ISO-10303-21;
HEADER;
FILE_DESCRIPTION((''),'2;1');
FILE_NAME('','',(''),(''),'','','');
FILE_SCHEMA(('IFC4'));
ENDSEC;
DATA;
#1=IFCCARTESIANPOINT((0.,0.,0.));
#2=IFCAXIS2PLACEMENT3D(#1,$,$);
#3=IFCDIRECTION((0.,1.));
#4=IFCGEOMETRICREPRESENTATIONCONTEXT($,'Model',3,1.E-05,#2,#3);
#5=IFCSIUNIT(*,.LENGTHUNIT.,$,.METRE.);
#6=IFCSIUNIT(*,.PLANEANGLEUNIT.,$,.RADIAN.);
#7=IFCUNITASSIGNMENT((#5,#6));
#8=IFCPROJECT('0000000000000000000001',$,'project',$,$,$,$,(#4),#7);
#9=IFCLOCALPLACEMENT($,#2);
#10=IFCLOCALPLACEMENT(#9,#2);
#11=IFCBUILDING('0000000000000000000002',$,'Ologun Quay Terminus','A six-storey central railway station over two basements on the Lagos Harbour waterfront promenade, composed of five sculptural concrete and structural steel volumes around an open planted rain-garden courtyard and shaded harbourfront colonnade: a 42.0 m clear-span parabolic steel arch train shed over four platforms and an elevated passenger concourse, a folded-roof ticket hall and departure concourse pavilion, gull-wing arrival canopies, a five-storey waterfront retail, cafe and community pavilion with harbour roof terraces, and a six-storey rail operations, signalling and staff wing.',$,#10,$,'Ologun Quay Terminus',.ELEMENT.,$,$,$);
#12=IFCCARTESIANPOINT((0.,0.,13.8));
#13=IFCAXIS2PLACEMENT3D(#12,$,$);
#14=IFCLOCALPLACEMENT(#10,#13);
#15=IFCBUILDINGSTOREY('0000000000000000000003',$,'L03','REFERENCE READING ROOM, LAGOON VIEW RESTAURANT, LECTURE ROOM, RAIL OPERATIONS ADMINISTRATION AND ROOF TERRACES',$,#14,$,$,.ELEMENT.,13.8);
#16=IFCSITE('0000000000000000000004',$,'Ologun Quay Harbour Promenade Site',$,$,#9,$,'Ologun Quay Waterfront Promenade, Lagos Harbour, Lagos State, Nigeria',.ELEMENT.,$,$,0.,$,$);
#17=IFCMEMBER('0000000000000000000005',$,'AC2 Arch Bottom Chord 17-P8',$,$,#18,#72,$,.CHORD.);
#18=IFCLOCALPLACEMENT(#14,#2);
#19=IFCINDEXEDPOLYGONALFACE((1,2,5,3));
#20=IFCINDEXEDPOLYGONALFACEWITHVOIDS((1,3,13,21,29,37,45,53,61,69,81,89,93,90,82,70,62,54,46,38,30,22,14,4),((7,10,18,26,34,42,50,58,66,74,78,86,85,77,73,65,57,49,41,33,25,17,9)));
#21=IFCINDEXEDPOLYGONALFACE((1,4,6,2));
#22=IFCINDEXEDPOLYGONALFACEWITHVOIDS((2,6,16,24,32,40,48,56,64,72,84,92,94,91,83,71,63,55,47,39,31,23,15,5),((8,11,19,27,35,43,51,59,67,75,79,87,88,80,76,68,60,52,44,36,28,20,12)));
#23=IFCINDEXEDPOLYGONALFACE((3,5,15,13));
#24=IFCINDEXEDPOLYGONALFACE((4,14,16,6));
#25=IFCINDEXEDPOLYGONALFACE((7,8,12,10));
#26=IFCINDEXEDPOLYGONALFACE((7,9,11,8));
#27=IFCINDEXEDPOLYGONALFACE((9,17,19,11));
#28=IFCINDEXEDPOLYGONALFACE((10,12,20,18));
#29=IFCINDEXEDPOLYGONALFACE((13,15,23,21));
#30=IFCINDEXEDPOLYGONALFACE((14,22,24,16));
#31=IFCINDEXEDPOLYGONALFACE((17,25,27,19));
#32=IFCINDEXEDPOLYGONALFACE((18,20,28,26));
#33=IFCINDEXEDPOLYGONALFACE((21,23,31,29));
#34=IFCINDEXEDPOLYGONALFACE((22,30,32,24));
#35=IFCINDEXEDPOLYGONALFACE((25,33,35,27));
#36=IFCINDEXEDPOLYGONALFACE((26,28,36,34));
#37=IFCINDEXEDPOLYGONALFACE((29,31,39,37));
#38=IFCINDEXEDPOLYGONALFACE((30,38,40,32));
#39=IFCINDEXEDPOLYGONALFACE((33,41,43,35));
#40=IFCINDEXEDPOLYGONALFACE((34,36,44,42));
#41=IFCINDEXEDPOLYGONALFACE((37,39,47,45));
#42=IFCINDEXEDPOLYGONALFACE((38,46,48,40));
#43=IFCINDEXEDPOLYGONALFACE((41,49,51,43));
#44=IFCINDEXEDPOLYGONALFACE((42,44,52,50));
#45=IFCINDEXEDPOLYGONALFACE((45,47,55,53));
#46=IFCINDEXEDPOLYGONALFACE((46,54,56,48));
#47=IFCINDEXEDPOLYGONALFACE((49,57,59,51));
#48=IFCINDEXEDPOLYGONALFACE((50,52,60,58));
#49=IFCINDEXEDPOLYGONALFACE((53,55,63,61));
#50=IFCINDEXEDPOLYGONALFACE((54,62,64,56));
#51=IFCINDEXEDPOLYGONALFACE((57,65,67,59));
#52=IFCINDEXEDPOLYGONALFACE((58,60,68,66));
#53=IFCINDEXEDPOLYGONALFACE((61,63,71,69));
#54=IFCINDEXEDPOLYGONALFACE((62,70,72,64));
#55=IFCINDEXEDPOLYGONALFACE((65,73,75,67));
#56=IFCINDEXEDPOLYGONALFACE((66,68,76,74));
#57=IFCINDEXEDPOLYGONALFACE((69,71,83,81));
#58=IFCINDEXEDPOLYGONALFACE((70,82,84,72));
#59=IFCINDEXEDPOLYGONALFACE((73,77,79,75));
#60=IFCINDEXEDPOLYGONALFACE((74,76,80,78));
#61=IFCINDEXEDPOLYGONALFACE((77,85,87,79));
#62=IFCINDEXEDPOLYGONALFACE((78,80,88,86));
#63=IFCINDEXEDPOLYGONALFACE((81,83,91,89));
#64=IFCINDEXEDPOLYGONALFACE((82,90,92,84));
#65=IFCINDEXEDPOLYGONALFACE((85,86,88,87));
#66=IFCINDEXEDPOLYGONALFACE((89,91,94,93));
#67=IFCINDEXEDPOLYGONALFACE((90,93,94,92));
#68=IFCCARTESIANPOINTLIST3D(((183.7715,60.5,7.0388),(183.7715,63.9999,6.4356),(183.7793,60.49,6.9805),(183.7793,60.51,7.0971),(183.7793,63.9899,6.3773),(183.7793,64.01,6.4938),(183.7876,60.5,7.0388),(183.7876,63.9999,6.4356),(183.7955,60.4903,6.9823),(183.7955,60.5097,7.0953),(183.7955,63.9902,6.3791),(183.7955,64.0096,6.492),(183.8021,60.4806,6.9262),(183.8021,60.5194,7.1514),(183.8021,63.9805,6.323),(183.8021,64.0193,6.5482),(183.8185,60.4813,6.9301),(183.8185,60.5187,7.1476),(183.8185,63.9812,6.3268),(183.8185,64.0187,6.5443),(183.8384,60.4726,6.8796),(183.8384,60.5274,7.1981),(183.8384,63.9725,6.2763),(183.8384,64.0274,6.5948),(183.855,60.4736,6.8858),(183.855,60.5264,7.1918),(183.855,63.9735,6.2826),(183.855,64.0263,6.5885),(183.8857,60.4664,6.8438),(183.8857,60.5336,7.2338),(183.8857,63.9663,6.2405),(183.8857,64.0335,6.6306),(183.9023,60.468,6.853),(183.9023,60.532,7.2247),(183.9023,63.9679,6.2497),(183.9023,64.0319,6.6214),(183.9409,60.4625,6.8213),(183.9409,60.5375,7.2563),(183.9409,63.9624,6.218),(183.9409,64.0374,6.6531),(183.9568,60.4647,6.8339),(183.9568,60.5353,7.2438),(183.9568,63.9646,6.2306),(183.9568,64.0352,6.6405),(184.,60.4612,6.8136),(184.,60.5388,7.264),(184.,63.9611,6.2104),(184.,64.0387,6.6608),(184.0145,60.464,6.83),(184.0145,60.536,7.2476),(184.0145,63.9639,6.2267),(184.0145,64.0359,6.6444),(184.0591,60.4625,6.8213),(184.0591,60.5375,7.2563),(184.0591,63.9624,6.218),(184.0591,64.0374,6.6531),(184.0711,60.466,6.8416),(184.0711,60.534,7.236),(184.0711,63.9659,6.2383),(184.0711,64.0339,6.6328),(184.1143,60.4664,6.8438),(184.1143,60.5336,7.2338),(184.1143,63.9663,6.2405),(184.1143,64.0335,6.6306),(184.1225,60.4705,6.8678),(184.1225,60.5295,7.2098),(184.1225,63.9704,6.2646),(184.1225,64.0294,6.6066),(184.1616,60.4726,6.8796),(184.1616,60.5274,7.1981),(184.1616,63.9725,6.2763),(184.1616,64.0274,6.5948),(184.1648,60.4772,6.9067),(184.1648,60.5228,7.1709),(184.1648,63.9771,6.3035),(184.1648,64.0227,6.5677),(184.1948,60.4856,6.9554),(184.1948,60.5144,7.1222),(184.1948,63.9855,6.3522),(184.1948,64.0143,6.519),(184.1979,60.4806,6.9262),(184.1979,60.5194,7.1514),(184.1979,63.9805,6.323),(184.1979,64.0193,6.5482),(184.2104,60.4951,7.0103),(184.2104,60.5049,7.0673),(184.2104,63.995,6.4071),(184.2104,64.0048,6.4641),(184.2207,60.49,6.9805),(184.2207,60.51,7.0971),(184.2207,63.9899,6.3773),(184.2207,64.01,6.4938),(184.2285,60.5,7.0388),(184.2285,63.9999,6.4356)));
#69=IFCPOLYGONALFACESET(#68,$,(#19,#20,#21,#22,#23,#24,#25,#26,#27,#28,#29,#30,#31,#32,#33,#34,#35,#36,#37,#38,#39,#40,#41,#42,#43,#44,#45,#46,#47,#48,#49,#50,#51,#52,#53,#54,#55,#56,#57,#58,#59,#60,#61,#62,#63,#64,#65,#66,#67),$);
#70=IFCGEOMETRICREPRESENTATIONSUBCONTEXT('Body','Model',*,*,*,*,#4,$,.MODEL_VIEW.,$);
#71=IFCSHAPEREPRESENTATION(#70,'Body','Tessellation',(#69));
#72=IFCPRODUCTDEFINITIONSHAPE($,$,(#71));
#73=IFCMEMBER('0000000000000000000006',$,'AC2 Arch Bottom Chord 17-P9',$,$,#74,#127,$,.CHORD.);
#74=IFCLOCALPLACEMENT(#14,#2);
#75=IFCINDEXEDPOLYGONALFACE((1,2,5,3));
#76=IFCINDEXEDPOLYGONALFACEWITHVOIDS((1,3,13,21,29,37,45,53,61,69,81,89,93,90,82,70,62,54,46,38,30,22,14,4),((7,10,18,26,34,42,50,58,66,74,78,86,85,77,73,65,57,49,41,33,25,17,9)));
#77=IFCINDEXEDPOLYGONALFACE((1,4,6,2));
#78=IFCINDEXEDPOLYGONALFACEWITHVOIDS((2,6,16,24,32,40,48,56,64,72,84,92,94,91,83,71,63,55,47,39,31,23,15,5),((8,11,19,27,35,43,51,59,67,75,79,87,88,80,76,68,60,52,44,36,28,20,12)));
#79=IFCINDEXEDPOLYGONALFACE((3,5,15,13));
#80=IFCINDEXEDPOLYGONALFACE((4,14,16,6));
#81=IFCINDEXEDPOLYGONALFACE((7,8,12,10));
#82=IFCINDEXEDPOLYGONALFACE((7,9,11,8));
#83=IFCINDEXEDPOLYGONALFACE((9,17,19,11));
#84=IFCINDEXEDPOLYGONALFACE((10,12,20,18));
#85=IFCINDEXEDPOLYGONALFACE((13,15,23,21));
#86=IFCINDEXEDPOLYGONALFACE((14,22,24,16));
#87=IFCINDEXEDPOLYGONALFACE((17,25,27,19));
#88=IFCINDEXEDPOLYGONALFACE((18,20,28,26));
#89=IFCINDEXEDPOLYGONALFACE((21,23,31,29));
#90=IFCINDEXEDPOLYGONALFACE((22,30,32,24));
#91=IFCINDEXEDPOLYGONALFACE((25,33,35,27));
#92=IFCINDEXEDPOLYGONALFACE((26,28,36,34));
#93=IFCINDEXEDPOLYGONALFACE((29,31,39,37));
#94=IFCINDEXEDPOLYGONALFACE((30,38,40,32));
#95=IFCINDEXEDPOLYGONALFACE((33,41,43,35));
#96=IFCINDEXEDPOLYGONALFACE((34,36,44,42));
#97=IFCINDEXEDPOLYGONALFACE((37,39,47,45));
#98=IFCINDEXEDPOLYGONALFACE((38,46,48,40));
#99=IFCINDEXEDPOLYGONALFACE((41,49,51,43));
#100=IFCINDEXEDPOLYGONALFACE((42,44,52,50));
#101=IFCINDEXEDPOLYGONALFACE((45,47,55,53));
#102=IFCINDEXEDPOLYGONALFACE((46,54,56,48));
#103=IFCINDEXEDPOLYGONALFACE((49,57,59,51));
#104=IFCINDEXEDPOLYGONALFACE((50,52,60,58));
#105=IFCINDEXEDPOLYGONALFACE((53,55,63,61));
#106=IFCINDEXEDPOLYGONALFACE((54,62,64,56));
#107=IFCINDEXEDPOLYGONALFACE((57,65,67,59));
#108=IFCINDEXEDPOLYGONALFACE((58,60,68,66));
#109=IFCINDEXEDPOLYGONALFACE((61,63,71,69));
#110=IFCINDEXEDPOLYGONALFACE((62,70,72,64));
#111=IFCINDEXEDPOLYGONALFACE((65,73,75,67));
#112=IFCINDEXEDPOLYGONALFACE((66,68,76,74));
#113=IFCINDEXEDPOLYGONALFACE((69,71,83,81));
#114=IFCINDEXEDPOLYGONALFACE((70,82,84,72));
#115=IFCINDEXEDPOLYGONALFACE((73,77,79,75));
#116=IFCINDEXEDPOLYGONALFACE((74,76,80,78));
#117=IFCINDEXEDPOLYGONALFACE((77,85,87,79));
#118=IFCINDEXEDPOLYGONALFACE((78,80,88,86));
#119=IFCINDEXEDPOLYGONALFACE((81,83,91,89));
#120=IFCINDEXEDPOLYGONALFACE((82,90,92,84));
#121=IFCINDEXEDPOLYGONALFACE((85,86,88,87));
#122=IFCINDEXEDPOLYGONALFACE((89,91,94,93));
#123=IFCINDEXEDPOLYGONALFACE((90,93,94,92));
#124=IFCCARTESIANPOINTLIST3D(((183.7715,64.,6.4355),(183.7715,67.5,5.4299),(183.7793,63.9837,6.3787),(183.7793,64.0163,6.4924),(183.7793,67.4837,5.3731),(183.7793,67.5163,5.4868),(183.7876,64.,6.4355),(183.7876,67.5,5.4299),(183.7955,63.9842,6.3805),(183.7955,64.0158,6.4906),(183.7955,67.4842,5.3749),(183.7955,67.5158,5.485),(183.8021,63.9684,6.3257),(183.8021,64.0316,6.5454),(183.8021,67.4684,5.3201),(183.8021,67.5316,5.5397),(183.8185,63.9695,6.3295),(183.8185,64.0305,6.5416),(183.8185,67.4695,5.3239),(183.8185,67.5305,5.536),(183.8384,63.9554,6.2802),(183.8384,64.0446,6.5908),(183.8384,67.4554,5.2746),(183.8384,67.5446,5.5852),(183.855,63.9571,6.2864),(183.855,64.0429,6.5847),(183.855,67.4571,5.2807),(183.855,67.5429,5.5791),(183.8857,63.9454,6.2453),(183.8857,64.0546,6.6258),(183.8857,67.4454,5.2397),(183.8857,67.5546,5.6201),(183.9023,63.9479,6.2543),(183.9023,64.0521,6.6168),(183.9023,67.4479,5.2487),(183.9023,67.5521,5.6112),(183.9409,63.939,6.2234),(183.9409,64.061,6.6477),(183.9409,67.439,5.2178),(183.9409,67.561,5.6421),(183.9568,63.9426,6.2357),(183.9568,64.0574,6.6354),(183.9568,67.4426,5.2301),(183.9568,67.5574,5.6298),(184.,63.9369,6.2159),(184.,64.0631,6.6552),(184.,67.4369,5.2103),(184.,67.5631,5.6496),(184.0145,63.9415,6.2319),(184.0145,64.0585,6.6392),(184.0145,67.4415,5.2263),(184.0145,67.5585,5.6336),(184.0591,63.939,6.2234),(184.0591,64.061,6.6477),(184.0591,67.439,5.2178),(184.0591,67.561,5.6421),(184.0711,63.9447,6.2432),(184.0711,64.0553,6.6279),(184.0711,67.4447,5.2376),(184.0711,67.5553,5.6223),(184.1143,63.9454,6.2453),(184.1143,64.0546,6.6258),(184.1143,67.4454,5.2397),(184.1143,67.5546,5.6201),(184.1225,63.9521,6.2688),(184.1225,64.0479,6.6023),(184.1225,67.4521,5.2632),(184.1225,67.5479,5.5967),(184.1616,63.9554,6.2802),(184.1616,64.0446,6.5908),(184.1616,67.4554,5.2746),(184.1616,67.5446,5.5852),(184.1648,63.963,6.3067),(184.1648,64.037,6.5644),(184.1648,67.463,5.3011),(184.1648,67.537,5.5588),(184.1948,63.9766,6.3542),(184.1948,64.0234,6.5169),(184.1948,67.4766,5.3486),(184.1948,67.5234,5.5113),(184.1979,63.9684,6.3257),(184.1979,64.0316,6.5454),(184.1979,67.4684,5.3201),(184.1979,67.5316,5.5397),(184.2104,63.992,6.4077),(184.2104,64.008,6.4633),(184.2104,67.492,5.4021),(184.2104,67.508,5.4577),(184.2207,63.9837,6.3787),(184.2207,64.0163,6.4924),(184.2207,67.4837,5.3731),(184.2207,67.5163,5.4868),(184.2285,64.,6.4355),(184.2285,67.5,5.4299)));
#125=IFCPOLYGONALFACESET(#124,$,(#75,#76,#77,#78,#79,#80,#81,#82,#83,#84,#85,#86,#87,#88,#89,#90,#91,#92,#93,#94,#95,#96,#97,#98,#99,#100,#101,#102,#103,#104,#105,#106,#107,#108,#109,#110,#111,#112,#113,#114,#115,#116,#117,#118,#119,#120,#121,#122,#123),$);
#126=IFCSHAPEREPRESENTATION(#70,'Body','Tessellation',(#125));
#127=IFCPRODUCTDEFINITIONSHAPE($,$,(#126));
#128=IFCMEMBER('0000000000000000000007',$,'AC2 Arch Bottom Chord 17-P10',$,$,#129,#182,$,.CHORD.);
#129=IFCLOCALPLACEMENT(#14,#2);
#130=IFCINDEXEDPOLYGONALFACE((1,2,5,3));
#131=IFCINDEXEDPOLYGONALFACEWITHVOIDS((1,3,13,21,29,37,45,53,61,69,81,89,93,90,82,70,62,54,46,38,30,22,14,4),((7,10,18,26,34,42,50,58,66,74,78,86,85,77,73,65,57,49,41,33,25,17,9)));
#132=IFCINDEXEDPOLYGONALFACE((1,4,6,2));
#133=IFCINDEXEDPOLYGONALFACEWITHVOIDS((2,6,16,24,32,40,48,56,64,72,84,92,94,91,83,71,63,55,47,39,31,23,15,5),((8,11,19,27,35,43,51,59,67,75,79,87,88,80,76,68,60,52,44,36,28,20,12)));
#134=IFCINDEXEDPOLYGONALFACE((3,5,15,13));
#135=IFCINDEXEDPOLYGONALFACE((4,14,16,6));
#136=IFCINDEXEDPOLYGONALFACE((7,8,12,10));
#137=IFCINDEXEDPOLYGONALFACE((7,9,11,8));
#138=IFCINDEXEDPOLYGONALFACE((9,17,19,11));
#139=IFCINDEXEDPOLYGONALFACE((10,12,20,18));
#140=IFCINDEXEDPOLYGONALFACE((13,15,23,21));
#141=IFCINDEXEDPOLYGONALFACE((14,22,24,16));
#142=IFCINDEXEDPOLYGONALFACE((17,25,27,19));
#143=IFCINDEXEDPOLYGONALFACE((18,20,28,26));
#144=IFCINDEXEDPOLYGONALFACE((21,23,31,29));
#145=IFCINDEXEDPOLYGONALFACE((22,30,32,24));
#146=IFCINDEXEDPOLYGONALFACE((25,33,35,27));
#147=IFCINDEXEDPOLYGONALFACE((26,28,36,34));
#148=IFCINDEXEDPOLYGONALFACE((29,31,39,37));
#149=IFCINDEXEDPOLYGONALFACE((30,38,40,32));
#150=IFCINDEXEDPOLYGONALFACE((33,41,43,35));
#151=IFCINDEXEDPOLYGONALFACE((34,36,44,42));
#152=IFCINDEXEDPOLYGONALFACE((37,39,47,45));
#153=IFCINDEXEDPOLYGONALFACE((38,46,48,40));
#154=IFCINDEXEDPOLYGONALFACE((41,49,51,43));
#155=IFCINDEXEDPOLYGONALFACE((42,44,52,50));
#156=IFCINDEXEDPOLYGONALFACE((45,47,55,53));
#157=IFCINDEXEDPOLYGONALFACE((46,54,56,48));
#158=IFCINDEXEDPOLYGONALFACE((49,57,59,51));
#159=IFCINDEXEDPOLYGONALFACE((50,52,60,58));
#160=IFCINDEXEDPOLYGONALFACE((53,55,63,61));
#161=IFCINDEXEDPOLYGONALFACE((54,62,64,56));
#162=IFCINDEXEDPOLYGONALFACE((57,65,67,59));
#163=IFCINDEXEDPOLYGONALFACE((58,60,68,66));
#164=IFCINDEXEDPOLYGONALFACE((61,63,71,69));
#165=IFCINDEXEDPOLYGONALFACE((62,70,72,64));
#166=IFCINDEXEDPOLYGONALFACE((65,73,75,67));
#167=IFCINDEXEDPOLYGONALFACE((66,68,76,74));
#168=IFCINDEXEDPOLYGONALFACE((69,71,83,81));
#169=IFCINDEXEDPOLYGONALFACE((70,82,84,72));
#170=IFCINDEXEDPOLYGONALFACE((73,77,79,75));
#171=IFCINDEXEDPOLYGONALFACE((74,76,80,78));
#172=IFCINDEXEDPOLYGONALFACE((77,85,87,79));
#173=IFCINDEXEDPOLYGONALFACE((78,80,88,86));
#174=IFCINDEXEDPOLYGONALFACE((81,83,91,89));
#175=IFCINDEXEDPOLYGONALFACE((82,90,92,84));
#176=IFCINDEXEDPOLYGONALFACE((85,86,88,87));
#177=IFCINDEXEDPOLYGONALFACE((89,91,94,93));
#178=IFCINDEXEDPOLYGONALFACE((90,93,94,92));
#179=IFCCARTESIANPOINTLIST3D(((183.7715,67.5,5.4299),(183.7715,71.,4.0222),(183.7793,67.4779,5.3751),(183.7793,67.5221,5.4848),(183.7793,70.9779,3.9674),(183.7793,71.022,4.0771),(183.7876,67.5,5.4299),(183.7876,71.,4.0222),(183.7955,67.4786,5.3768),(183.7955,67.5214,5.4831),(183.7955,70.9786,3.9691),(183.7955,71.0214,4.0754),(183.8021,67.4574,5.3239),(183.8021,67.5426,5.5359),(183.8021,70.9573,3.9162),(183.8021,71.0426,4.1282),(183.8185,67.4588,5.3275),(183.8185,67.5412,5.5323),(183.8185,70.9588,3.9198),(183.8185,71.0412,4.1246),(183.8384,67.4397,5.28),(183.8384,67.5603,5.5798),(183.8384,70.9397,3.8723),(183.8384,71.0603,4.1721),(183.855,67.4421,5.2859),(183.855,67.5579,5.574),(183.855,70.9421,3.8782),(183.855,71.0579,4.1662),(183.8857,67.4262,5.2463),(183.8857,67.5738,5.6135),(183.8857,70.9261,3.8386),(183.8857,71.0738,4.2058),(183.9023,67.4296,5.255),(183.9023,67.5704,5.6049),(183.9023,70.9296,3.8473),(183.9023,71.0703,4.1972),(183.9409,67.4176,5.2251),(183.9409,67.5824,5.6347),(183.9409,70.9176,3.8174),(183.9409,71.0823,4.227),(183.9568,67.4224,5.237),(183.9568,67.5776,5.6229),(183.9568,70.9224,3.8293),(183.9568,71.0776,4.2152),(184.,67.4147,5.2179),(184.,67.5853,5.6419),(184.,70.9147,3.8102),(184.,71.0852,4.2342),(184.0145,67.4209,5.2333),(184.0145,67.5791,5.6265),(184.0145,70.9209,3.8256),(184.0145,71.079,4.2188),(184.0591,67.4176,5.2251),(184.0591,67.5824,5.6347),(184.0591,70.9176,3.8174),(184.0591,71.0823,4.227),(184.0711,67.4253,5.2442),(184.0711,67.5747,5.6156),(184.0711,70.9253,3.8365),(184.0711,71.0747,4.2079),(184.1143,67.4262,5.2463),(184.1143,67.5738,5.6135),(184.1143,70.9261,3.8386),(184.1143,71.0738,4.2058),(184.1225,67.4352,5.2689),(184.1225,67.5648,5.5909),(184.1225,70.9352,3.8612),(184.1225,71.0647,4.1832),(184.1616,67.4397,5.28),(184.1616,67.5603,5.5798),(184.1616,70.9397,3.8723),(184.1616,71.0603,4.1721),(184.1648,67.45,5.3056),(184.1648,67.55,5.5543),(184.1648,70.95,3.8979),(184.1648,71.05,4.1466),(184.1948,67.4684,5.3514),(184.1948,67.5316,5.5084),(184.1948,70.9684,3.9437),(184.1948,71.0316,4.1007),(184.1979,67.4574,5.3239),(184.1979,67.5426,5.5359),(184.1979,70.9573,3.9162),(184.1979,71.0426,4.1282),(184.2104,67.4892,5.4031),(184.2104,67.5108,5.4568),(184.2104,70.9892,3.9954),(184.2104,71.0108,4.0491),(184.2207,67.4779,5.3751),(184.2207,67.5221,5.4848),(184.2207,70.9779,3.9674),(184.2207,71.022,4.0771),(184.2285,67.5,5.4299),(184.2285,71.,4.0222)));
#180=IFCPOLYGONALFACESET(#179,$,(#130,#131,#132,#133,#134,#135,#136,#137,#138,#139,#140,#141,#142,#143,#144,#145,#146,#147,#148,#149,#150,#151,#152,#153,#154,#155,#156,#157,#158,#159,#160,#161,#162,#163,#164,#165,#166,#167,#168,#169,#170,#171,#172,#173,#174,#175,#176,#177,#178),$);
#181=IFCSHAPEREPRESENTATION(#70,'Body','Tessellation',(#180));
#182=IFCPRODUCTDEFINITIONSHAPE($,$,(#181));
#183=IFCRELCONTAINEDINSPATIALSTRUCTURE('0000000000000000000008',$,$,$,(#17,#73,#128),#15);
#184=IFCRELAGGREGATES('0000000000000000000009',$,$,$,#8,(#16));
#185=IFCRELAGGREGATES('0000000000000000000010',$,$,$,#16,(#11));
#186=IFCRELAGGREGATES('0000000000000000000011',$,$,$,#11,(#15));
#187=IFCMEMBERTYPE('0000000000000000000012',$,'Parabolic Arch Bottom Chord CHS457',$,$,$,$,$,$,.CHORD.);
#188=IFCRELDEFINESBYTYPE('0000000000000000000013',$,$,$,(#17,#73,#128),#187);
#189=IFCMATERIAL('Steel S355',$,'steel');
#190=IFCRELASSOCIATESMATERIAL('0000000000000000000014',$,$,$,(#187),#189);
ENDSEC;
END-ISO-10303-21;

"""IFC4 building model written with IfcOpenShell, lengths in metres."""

from ifc_helpers import new_model, si_unit, direction, frame, origin, origin_2d, place, context, subcontext, project, spatial, hollow_circle, extrude, material, material_profile, profile_set, type_object, element, save


model = new_model("IFC4")

# Units and contexts
model_context = context("Model", 3, precision=1e-05, world=origin(), true_north=direction((0.0, 1.0)))
body_context = subcontext(model_context, "Body", "Model", "MODEL_VIEW")
ifc_project = project(units=[si_unit("LENGTHUNIT", "METRE"), si_unit("PLANEANGLEUNIT", "RADIAN")], contexts=[model_context])

# Site, building, storey
site_placement = place(None, origin())
site = spatial("IfcSite", under=ifc_project, at=site_placement, Name="Ologun Quay Harbour Promenade Site", LongName="Ologun Quay Waterfront Promenade, Lagos Harbour, Lagos State, Nigeria", CompositionType="ELEMENT", RefElevation=0.0)
building_placement = place(site_placement, origin())
building = spatial("IfcBuilding", under=site, at=building_placement, Name="Ologun Quay Terminus", Description="A six-storey central railway station over two basements on the Lagos Harbour waterfront promenade, composed of five sculptural concrete and structural steel volumes around an open planted rain-garden courtyard and shaded harbourfront colonnade: a 42.0 m clear-span parabolic steel arch train shed over four platforms and an elevated passenger concourse, a folded-roof ticket hall and departure concourse pavilion, gull-wing arrival canopies, a five-storey waterfront retail, cafe and community pavilion with harbour roof terraces, and a six-storey rail operations, signalling and staff wing.", LongName="Ologun Quay Terminus", CompositionType="ELEMENT")
storey_placement = place(building_placement, frame((0.0, 0.0, 13.8)))
storey = spatial("IfcBuildingStorey", under=building, at=storey_placement, Name="L03", Description="REFERENCE READING ROOM, LAGOON VIEW RESTAURANT, LECTURE ROOM, RAIL OPERATIONS ADMINISTRATION AND ROOF TERRACES", CompositionType="ELEMENT", Elevation=13.8)

# Members
ifc_material_1 = material(Name="Steel S355", Category="steel")
ifc_material_profile_1 = material_profile(ifc_material_1, hollow_circle(Radius=0.2285, WallThickness=0.0161, at=origin_2d()), Name="CHS 457x16")
ifc_profile_set_1 = profile_set([ifc_material_profile_1], Name="Steel S355")
member_type_1 = type_object("IfcMemberType", Name="Parabolic Arch Bottom Chord CHS457", PredefinedType="CHORD", material=ifc_profile_set_1)
member_1_placement = place(storey_placement, frame((184.0, 60.5, 7.0388), z_axis=(0.0, 0.985468, -0.169859), x_axis=(-1.0, 0.0, 0.0)))
element("IfcMember", 1, at=member_1_placement, inside=storey, type_object=member_type_1, Name="AC2 Arch Bottom Chord 17-P8", PredefinedType="CHORD", context=body_context, shape_type="SweptSolid", body=[
    extrude(hollow_circle(Radius=0.2285, WallThickness=0.0161, at=origin_2d()), origin(), (0.0, 0.0, 1.0), 3.5515),
])
member_2_placement = place(storey_placement, frame((184.0, 64.0, 6.4355), z_axis=(0.0, 0.961116, -0.276146), x_axis=(-1.0, 0.0, 0.0)))
element("IfcMember", 2, at=member_2_placement, inside=storey, type_object=member_type_1, Name="AC2 Arch Bottom Chord 17-P9", PredefinedType="CHORD", context=body_context, shape_type="SweptSolid", body=[
    extrude(hollow_circle(Radius=0.2285, WallThickness=0.0161, at=origin_2d()), origin(), (0.0, 0.0, 1.0), 3.6416),
])
member_3_placement = place(storey_placement, frame((184.0, 67.5, 5.4299), z_axis=(0.0, 0.92777, -0.373153), x_axis=(-1.0, 0.0, 0.0)))
element("IfcMember", 3, at=member_3_placement, inside=storey, type_object=member_type_1, Name="AC2 Arch Bottom Chord 17-P10", PredefinedType="CHORD", context=body_context, shape_type="SweptSolid", body=[
    extrude(hollow_circle(Radius=0.2285, WallThickness=0.0161, at=origin_2d()), origin(), (0.0, 0.0, 1.0), 3.7725),
])

save(model, "model.ifc")
